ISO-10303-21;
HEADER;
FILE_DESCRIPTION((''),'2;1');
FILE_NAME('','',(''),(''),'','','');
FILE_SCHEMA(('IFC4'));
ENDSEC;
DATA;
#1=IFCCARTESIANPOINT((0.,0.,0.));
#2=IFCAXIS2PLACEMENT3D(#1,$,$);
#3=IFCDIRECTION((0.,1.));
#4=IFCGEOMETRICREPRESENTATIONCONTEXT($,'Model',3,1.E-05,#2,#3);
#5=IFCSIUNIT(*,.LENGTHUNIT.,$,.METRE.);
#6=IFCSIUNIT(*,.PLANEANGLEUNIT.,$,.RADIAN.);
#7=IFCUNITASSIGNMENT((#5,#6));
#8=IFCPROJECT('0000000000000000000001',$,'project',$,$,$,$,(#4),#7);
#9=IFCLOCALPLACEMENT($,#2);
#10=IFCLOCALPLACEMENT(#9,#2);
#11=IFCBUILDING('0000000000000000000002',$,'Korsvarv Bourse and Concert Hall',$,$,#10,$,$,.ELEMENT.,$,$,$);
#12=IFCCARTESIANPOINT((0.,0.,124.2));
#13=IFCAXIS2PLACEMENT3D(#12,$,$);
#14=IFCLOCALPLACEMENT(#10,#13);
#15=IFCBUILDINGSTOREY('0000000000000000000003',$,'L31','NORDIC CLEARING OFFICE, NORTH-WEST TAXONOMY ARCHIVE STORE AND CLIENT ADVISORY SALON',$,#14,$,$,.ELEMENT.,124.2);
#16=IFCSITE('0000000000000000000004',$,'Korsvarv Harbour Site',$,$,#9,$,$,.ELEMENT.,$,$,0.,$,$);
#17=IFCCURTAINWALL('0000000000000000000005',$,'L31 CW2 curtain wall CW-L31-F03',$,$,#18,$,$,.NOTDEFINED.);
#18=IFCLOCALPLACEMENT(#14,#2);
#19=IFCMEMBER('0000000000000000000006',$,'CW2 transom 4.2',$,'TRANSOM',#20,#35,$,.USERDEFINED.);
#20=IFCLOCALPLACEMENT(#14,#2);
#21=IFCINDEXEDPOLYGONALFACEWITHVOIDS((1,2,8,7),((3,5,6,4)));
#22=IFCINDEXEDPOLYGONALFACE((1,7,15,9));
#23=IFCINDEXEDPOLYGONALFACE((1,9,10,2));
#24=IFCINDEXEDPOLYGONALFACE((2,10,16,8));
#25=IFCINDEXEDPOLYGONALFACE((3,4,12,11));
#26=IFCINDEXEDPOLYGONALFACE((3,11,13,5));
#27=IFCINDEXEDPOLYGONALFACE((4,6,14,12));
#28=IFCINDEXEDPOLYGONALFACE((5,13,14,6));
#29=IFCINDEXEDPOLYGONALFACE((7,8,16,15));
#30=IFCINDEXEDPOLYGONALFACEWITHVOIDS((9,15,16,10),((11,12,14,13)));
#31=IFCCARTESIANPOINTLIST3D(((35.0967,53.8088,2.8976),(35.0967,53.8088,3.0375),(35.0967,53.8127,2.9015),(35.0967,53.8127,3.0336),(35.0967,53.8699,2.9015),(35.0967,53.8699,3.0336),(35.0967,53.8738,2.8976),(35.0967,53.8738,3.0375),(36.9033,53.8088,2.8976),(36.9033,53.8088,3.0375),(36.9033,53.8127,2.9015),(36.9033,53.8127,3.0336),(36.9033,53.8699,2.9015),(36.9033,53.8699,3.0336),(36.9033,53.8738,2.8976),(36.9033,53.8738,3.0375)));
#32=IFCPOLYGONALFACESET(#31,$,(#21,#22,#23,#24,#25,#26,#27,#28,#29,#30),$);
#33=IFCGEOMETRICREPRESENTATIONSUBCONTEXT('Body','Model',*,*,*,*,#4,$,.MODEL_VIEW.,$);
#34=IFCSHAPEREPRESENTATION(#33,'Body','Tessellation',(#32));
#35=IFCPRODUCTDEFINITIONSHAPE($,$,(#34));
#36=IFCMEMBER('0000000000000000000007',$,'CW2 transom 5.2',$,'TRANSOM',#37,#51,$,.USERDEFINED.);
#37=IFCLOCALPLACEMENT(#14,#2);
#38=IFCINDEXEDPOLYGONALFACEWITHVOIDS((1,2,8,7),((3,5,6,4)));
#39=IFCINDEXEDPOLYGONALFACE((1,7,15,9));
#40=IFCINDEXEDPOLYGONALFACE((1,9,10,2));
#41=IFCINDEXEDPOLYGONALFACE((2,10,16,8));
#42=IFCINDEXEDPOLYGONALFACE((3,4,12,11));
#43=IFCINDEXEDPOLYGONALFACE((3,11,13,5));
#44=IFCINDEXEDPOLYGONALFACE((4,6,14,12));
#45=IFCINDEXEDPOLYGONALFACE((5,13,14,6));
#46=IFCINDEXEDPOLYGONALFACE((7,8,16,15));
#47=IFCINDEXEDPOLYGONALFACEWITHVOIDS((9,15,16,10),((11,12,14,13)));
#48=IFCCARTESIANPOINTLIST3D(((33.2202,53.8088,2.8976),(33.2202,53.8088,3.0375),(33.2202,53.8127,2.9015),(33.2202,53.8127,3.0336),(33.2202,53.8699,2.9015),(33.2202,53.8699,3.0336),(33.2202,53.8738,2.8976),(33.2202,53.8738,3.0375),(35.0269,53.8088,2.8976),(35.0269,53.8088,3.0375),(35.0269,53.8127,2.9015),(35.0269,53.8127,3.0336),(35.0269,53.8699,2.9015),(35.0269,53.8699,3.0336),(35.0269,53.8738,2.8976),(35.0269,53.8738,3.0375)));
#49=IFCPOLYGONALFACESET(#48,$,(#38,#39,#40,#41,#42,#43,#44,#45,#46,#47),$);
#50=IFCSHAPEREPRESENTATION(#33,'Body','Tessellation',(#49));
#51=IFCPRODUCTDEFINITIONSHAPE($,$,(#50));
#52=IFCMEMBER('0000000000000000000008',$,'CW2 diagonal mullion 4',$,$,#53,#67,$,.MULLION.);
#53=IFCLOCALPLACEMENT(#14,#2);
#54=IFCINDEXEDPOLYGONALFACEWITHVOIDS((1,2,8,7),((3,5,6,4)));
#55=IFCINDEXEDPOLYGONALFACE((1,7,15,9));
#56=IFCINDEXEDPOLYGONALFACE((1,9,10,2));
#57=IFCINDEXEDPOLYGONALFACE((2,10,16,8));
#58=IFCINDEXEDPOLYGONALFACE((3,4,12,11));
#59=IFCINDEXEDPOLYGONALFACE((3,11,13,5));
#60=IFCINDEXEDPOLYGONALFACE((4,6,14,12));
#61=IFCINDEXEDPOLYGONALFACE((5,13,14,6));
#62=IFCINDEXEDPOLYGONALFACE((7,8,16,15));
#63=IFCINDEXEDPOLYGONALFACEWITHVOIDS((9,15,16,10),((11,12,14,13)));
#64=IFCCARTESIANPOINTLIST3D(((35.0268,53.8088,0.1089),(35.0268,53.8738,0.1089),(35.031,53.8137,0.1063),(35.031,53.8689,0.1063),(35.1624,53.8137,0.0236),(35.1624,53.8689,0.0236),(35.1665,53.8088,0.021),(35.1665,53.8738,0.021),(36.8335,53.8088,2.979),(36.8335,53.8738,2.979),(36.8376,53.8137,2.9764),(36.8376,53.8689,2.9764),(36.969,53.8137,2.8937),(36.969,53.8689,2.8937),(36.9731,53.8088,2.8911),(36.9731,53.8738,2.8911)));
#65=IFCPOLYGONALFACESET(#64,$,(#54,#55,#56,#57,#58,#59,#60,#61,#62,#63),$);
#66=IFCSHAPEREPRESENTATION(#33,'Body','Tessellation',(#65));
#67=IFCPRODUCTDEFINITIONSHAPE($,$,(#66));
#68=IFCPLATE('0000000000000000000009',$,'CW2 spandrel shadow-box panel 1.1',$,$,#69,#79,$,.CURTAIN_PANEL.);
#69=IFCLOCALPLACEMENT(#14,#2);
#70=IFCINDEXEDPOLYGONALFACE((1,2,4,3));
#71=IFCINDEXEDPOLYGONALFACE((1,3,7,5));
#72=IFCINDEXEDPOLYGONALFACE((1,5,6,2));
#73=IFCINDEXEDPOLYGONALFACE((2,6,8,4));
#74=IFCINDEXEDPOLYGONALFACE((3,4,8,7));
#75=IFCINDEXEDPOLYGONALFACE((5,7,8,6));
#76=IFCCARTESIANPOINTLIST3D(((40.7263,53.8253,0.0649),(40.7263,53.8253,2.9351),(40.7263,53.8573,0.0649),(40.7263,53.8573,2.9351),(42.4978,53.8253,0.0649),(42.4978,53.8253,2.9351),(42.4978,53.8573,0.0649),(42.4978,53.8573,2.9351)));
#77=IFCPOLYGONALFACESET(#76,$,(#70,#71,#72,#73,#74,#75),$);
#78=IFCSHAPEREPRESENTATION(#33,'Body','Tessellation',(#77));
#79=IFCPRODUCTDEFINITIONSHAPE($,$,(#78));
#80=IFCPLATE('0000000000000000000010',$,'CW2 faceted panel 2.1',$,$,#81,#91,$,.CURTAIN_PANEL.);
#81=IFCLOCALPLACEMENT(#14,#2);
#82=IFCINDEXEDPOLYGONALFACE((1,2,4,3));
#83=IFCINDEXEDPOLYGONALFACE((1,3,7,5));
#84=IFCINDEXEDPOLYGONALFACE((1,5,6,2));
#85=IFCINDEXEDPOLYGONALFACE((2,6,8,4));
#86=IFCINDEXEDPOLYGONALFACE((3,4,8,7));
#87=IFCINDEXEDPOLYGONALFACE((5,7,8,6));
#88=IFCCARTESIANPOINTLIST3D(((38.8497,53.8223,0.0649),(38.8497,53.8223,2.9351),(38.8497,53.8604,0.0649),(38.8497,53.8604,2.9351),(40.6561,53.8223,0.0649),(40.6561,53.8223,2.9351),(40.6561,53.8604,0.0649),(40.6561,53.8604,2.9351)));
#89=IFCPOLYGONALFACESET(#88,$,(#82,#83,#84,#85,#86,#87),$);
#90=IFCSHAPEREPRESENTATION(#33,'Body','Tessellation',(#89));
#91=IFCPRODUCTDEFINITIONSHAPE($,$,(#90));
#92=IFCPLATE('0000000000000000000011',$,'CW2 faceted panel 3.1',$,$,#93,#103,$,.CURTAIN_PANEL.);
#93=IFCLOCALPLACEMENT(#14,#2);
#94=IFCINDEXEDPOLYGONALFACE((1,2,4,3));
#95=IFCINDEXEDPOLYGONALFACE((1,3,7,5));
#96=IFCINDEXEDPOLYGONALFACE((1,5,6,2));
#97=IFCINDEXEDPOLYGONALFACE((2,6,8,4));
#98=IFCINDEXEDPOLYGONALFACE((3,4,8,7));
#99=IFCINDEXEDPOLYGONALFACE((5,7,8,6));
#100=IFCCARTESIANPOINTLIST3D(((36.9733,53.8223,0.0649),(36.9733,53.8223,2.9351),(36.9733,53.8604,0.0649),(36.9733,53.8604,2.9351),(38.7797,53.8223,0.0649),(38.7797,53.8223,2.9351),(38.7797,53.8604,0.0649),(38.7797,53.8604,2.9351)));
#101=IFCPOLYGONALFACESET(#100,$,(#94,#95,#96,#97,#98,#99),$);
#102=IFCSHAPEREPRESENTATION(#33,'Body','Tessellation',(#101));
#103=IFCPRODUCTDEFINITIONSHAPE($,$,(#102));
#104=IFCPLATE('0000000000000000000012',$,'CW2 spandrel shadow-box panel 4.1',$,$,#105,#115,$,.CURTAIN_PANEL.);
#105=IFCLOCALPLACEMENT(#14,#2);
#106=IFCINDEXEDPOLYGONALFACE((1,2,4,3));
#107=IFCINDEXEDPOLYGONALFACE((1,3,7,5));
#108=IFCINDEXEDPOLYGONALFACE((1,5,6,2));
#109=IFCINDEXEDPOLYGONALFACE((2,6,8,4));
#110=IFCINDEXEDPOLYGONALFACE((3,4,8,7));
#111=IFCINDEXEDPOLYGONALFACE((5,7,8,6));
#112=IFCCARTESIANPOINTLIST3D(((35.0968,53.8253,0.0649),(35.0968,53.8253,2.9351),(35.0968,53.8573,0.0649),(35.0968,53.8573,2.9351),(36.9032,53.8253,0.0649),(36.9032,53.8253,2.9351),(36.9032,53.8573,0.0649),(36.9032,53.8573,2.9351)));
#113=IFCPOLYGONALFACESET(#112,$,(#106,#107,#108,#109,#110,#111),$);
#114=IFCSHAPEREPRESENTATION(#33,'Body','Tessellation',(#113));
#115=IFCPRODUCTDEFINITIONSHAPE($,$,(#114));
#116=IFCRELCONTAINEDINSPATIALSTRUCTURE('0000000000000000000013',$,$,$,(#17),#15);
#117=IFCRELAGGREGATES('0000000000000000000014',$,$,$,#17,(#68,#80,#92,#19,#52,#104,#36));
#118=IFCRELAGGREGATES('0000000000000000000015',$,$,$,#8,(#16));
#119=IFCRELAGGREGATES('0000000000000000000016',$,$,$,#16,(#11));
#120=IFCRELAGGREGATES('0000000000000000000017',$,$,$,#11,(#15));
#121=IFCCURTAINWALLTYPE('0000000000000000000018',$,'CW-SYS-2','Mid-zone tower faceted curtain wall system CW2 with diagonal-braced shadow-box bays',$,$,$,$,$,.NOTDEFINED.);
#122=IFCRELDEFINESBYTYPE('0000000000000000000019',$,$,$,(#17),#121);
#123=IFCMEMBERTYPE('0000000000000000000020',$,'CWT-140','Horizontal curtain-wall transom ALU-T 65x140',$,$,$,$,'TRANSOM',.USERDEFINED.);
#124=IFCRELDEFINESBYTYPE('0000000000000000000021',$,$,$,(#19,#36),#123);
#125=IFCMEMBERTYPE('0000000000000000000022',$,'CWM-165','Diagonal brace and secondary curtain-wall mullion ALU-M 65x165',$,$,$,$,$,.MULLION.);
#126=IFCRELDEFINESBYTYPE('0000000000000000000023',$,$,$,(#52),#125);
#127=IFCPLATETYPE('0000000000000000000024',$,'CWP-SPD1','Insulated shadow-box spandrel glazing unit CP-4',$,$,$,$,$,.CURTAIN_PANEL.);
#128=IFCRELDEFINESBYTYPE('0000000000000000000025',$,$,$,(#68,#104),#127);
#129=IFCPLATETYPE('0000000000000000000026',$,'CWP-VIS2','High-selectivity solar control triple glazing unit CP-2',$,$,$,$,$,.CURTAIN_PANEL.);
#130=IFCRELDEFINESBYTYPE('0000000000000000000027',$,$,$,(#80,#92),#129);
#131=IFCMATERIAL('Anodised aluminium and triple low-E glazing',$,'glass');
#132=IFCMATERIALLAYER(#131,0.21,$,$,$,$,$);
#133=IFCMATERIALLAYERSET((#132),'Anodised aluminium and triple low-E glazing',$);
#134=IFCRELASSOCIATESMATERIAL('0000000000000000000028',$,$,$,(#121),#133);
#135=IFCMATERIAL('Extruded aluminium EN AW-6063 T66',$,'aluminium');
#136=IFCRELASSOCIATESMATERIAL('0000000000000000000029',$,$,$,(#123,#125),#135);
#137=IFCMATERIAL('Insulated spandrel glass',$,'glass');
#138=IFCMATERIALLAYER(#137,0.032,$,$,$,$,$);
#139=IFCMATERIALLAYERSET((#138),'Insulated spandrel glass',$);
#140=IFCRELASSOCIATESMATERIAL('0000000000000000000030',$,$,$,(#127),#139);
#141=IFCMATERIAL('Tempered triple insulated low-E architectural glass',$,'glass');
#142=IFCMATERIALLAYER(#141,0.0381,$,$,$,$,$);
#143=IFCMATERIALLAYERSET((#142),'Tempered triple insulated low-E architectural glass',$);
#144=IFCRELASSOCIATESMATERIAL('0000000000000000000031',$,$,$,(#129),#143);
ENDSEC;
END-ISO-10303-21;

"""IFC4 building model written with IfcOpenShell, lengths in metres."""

from ifc_helpers import new_model, si_unit, direction, frame, origin, origin_2d, place, context, subcontext, project, spatial, rectangle, hollow_rectangle, extrude, source, transform, mapped, material, layer, layer_set, material_profile, profile_set, type_object, element, aggregate, save


model = new_model("IFC4")

# Units and contexts
model_context = context("Model", 3, precision=1e-05, world=origin(), true_north=direction((0.0, 1.0)))
body_context = subcontext(model_context, "Body", "Model", "MODEL_VIEW")
ifc_project = project(units=[si_unit("LENGTHUNIT", "METRE"), si_unit("PLANEANGLEUNIT", "RADIAN")], contexts=[model_context])

# Site, building, storey
site_placement = place(None, origin())
site = spatial("IfcSite", under=ifc_project, at=site_placement, Name="Korsvarv Harbour Site", CompositionType="ELEMENT", RefElevation=0.0)
building_placement = place(site_placement, origin())
building = spatial("IfcBuilding", under=site, at=building_placement, Name="Korsvarv Bourse and Concert Hall", CompositionType="ELEMENT")
storey_placement = place(building_placement, frame((0.0, 0.0, 124.2)))
storey = spatial("IfcBuildingStorey", under=building, at=storey_placement, Name="L31", Description="NORDIC CLEARING OFFICE, NORTH-WEST TAXONOMY ARCHIVE STORE AND CLIENT ADVISORY SALON", CompositionType="ELEMENT", Elevation=124.2)

# Curtain wall, members, plates
ifc_material_1 = material(Name="Anodised aluminium and triple low-E glazing", Category="glass")
ifc_layer_1 = layer(ifc_material_1, 0.21)
ifc_layer_set_1 = layer_set([ifc_layer_1], Name="Anodised aluminium and triple low-E glazing")
curtain_wall_type = type_object("IfcCurtainWallType", Name="CW-SYS-2", Description="Mid-zone tower faceted curtain wall system CW2 with diagonal-braced shadow-box bays", PredefinedType="NOTDEFINED", material=ifc_layer_set_1)
curtain_wall_placement = place(storey_placement, origin())
curtain_wall = element("IfcCurtainWall", 1, at=curtain_wall_placement, inside=storey, type_object=curtain_wall_type, Name="L31 CW2 curtain wall CW-L31-F03", PredefinedType="NOTDEFINED")
ifc_material_2 = material(Name="Extruded aluminium EN AW-6063 T66", Category="aluminium")
ifc_material_profile_1 = material_profile(ifc_material_2, hollow_rectangle(XDim=0.0649, YDim=0.1399, WallThickness=0.0039, at=origin_2d()), Name="ALU-T 65x140")
ifc_profile_set_1 = profile_set([ifc_material_profile_1], Name="Extruded aluminium EN AW-6063 T66")
member_type_1 = type_object("IfcMemberType", Name="CWT-140", Description="Horizontal curtain-wall transom ALU-T 65x140", ElementType="TRANSOM", PredefinedType="USERDEFINED", material=ifc_profile_set_1)
shared_shape_1 = source(origin(), body_context, "Body", "SweptSolid", [
    extrude(hollow_rectangle(XDim=0.0649, YDim=0.1399, WallThickness=0.0039, at=origin_2d()), origin(), (0.0, 0.0, 1.0), 1.8066),
])
member_1_placement = place(storey_placement, frame((36.9033, 53.8413, 2.9675), z_axis=(-1.0, 0.0, 0.0), x_axis=(0.0, -1.0, 0.0)))
member_1 = element("IfcMember", 2, at=member_1_placement, type_object=member_type_1, Name="CW2 transom 4.2", ObjectType="TRANSOM", PredefinedType="USERDEFINED", context=body_context, shape_type="MappedRepresentation", body=[
    mapped(shared_shape_1, transform((0.0, 0.0, 0.0), scale=1.0)),
])
member_2_placement = place(storey_placement, frame((35.0269, 53.8413, 2.9675), z_axis=(-1.0, 0.0, 0.0), x_axis=(0.0, -1.0, 0.0)))
member_2 = element("IfcMember", 3, at=member_2_placement, type_object=member_type_1, Name="CW2 transom 5.2", ObjectType="TRANSOM", PredefinedType="USERDEFINED", context=body_context, shape_type="MappedRepresentation", body=[
    mapped(shared_shape_1, transform((0.0, 0.0, 0.0), scale=1.0)),
])
ifc_material_profile_2 = material_profile(ifc_material_2, hollow_rectangle(XDim=0.0649, YDim=0.165, WallThickness=0.0049, at=origin_2d()), Name="ALU-M 65x165")
ifc_profile_set_2 = profile_set([ifc_material_profile_2], Name="Extruded aluminium EN AW-6063 T66")
member_type_2 = type_object("IfcMemberType", Name="CWM-165", Description="Diagonal brace and secondary curtain-wall mullion ALU-M 65x165", PredefinedType="MULLION", material=ifc_profile_set_2)
shared_shape_2 = source(origin(), body_context, "Body", "SweptSolid", [
    extrude(hollow_rectangle(XDim=0.0649, YDim=0.165, WallThickness=0.0049, at=origin_2d()), origin(), (0.0, 0.0, 1.0), 3.3914),
])
member_3_placement = place(storey_placement, frame((35.0967, 53.8413, 0.0649), z_axis=(0.532714, 0.0, 0.846295), x_axis=(0.0, 1.0, 0.0)))
member_3 = element("IfcMember", 4, at=member_3_placement, type_object=member_type_2, Name="CW2 diagonal mullion 4", PredefinedType="MULLION", context=body_context, shape_type="MappedRepresentation", body=[
    mapped(shared_shape_2, transform((0.0, 0.0, 0.0), scale=1.0)),
])
ifc_material_3 = material(Name="Insulated spandrel glass", Category="glass")
ifc_layer_2 = layer(ifc_material_3, 0.032)
ifc_layer_set_2 = layer_set([ifc_layer_2], Name="Insulated spandrel glass")
plate_type_1 = type_object("IfcPlateType", Name="CWP-SPD1", Description="Insulated shadow-box spandrel glazing unit CP-4", PredefinedType="CURTAIN_PANEL", material=ifc_layer_set_2)
shared_shape_3 = source(origin(), body_context, "Body", "SweptSolid", [
    extrude(rectangle(XDim=1.7715, YDim=0.032, at=origin_2d()), origin(), (0.0, 0.0, 1.0), 2.8701),
])
plate_1_placement = place(storey_placement, frame((41.6121, 53.8413, 0.0649), z_axis=(0.0, 0.0, 1.0), x_axis=(-1.0, 0.0, 0.0)))
plate_1 = element("IfcPlate", 5, at=plate_1_placement, type_object=plate_type_1, Name="CW2 spandrel shadow-box panel 1.1", PredefinedType="CURTAIN_PANEL", context=body_context, shape_type="MappedRepresentation", body=[
    mapped(shared_shape_3, transform((0.0, 0.0, 0.0), scale=1.0)),
])
ifc_material_4 = material(Name="Tempered triple insulated low-E architectural glass", Category="glass")
ifc_layer_3 = layer(ifc_material_4, 0.0381)
ifc_layer_set_3 = layer_set([ifc_layer_3], Name="Tempered triple insulated low-E architectural glass")
plate_type_2 = type_object("IfcPlateType", Name="CWP-VIS2", Description="High-selectivity solar control triple glazing unit CP-2", PredefinedType="CURTAIN_PANEL", material=ifc_layer_set_3)
shared_shape_4 = source(origin(), body_context, "Body", "SweptSolid", [
    extrude(rectangle(XDim=1.8064, YDim=0.0381, at=origin_2d()), origin(), (0.0, 0.0, 1.0), 2.8701),
])
plate_2_placement = place(storey_placement, frame((39.7529, 53.8413, 0.0649), z_axis=(0.0, 0.0, 1.0), x_axis=(-1.0, 0.0, 0.0)))
plate_2 = element("IfcPlate", 6, at=plate_2_placement, type_object=plate_type_2, Name="CW2 faceted panel 2.1", PredefinedType="CURTAIN_PANEL", context=body_context, shape_type="MappedRepresentation", body=[
    mapped(shared_shape_4, transform((0.0, 0.0, 0.0), scale=1.0)),
])
plate_3_placement = place(storey_placement, frame((37.8765, 53.8413, 0.0649), z_axis=(0.0, 0.0, 1.0), x_axis=(-1.0, 0.0, 0.0)))
plate_3 = element("IfcPlate", 7, at=plate_3_placement, type_object=plate_type_2, Name="CW2 faceted panel 3.1", PredefinedType="CURTAIN_PANEL", context=body_context, shape_type="MappedRepresentation", body=[
    mapped(shared_shape_4, transform((0.0, 0.0, 0.0), scale=1.0)),
])
shared_shape_5 = source(origin(), body_context, "Body", "SweptSolid", [
    extrude(rectangle(XDim=1.8064, YDim=0.032, at=origin_2d()), origin(), (0.0, 0.0, 1.0), 2.8701),
])
plate_4_placement = place(storey_placement, frame((36.0, 53.8413, 0.0649), z_axis=(0.0, 0.0, 1.0), x_axis=(-1.0, 0.0, 0.0)))
plate_4 = element("IfcPlate", 8, at=plate_4_placement, type_object=plate_type_1, Name="CW2 spandrel shadow-box panel 4.1", PredefinedType="CURTAIN_PANEL", context=body_context, shape_type="MappedRepresentation", body=[
    mapped(shared_shape_5, transform((0.0, 0.0, 0.0), scale=1.0)),
])
aggregate(curtain_wall, [plate_1, plate_2, plate_3, member_1, member_3, plate_4, member_2])

save(model, "model.ifc")
